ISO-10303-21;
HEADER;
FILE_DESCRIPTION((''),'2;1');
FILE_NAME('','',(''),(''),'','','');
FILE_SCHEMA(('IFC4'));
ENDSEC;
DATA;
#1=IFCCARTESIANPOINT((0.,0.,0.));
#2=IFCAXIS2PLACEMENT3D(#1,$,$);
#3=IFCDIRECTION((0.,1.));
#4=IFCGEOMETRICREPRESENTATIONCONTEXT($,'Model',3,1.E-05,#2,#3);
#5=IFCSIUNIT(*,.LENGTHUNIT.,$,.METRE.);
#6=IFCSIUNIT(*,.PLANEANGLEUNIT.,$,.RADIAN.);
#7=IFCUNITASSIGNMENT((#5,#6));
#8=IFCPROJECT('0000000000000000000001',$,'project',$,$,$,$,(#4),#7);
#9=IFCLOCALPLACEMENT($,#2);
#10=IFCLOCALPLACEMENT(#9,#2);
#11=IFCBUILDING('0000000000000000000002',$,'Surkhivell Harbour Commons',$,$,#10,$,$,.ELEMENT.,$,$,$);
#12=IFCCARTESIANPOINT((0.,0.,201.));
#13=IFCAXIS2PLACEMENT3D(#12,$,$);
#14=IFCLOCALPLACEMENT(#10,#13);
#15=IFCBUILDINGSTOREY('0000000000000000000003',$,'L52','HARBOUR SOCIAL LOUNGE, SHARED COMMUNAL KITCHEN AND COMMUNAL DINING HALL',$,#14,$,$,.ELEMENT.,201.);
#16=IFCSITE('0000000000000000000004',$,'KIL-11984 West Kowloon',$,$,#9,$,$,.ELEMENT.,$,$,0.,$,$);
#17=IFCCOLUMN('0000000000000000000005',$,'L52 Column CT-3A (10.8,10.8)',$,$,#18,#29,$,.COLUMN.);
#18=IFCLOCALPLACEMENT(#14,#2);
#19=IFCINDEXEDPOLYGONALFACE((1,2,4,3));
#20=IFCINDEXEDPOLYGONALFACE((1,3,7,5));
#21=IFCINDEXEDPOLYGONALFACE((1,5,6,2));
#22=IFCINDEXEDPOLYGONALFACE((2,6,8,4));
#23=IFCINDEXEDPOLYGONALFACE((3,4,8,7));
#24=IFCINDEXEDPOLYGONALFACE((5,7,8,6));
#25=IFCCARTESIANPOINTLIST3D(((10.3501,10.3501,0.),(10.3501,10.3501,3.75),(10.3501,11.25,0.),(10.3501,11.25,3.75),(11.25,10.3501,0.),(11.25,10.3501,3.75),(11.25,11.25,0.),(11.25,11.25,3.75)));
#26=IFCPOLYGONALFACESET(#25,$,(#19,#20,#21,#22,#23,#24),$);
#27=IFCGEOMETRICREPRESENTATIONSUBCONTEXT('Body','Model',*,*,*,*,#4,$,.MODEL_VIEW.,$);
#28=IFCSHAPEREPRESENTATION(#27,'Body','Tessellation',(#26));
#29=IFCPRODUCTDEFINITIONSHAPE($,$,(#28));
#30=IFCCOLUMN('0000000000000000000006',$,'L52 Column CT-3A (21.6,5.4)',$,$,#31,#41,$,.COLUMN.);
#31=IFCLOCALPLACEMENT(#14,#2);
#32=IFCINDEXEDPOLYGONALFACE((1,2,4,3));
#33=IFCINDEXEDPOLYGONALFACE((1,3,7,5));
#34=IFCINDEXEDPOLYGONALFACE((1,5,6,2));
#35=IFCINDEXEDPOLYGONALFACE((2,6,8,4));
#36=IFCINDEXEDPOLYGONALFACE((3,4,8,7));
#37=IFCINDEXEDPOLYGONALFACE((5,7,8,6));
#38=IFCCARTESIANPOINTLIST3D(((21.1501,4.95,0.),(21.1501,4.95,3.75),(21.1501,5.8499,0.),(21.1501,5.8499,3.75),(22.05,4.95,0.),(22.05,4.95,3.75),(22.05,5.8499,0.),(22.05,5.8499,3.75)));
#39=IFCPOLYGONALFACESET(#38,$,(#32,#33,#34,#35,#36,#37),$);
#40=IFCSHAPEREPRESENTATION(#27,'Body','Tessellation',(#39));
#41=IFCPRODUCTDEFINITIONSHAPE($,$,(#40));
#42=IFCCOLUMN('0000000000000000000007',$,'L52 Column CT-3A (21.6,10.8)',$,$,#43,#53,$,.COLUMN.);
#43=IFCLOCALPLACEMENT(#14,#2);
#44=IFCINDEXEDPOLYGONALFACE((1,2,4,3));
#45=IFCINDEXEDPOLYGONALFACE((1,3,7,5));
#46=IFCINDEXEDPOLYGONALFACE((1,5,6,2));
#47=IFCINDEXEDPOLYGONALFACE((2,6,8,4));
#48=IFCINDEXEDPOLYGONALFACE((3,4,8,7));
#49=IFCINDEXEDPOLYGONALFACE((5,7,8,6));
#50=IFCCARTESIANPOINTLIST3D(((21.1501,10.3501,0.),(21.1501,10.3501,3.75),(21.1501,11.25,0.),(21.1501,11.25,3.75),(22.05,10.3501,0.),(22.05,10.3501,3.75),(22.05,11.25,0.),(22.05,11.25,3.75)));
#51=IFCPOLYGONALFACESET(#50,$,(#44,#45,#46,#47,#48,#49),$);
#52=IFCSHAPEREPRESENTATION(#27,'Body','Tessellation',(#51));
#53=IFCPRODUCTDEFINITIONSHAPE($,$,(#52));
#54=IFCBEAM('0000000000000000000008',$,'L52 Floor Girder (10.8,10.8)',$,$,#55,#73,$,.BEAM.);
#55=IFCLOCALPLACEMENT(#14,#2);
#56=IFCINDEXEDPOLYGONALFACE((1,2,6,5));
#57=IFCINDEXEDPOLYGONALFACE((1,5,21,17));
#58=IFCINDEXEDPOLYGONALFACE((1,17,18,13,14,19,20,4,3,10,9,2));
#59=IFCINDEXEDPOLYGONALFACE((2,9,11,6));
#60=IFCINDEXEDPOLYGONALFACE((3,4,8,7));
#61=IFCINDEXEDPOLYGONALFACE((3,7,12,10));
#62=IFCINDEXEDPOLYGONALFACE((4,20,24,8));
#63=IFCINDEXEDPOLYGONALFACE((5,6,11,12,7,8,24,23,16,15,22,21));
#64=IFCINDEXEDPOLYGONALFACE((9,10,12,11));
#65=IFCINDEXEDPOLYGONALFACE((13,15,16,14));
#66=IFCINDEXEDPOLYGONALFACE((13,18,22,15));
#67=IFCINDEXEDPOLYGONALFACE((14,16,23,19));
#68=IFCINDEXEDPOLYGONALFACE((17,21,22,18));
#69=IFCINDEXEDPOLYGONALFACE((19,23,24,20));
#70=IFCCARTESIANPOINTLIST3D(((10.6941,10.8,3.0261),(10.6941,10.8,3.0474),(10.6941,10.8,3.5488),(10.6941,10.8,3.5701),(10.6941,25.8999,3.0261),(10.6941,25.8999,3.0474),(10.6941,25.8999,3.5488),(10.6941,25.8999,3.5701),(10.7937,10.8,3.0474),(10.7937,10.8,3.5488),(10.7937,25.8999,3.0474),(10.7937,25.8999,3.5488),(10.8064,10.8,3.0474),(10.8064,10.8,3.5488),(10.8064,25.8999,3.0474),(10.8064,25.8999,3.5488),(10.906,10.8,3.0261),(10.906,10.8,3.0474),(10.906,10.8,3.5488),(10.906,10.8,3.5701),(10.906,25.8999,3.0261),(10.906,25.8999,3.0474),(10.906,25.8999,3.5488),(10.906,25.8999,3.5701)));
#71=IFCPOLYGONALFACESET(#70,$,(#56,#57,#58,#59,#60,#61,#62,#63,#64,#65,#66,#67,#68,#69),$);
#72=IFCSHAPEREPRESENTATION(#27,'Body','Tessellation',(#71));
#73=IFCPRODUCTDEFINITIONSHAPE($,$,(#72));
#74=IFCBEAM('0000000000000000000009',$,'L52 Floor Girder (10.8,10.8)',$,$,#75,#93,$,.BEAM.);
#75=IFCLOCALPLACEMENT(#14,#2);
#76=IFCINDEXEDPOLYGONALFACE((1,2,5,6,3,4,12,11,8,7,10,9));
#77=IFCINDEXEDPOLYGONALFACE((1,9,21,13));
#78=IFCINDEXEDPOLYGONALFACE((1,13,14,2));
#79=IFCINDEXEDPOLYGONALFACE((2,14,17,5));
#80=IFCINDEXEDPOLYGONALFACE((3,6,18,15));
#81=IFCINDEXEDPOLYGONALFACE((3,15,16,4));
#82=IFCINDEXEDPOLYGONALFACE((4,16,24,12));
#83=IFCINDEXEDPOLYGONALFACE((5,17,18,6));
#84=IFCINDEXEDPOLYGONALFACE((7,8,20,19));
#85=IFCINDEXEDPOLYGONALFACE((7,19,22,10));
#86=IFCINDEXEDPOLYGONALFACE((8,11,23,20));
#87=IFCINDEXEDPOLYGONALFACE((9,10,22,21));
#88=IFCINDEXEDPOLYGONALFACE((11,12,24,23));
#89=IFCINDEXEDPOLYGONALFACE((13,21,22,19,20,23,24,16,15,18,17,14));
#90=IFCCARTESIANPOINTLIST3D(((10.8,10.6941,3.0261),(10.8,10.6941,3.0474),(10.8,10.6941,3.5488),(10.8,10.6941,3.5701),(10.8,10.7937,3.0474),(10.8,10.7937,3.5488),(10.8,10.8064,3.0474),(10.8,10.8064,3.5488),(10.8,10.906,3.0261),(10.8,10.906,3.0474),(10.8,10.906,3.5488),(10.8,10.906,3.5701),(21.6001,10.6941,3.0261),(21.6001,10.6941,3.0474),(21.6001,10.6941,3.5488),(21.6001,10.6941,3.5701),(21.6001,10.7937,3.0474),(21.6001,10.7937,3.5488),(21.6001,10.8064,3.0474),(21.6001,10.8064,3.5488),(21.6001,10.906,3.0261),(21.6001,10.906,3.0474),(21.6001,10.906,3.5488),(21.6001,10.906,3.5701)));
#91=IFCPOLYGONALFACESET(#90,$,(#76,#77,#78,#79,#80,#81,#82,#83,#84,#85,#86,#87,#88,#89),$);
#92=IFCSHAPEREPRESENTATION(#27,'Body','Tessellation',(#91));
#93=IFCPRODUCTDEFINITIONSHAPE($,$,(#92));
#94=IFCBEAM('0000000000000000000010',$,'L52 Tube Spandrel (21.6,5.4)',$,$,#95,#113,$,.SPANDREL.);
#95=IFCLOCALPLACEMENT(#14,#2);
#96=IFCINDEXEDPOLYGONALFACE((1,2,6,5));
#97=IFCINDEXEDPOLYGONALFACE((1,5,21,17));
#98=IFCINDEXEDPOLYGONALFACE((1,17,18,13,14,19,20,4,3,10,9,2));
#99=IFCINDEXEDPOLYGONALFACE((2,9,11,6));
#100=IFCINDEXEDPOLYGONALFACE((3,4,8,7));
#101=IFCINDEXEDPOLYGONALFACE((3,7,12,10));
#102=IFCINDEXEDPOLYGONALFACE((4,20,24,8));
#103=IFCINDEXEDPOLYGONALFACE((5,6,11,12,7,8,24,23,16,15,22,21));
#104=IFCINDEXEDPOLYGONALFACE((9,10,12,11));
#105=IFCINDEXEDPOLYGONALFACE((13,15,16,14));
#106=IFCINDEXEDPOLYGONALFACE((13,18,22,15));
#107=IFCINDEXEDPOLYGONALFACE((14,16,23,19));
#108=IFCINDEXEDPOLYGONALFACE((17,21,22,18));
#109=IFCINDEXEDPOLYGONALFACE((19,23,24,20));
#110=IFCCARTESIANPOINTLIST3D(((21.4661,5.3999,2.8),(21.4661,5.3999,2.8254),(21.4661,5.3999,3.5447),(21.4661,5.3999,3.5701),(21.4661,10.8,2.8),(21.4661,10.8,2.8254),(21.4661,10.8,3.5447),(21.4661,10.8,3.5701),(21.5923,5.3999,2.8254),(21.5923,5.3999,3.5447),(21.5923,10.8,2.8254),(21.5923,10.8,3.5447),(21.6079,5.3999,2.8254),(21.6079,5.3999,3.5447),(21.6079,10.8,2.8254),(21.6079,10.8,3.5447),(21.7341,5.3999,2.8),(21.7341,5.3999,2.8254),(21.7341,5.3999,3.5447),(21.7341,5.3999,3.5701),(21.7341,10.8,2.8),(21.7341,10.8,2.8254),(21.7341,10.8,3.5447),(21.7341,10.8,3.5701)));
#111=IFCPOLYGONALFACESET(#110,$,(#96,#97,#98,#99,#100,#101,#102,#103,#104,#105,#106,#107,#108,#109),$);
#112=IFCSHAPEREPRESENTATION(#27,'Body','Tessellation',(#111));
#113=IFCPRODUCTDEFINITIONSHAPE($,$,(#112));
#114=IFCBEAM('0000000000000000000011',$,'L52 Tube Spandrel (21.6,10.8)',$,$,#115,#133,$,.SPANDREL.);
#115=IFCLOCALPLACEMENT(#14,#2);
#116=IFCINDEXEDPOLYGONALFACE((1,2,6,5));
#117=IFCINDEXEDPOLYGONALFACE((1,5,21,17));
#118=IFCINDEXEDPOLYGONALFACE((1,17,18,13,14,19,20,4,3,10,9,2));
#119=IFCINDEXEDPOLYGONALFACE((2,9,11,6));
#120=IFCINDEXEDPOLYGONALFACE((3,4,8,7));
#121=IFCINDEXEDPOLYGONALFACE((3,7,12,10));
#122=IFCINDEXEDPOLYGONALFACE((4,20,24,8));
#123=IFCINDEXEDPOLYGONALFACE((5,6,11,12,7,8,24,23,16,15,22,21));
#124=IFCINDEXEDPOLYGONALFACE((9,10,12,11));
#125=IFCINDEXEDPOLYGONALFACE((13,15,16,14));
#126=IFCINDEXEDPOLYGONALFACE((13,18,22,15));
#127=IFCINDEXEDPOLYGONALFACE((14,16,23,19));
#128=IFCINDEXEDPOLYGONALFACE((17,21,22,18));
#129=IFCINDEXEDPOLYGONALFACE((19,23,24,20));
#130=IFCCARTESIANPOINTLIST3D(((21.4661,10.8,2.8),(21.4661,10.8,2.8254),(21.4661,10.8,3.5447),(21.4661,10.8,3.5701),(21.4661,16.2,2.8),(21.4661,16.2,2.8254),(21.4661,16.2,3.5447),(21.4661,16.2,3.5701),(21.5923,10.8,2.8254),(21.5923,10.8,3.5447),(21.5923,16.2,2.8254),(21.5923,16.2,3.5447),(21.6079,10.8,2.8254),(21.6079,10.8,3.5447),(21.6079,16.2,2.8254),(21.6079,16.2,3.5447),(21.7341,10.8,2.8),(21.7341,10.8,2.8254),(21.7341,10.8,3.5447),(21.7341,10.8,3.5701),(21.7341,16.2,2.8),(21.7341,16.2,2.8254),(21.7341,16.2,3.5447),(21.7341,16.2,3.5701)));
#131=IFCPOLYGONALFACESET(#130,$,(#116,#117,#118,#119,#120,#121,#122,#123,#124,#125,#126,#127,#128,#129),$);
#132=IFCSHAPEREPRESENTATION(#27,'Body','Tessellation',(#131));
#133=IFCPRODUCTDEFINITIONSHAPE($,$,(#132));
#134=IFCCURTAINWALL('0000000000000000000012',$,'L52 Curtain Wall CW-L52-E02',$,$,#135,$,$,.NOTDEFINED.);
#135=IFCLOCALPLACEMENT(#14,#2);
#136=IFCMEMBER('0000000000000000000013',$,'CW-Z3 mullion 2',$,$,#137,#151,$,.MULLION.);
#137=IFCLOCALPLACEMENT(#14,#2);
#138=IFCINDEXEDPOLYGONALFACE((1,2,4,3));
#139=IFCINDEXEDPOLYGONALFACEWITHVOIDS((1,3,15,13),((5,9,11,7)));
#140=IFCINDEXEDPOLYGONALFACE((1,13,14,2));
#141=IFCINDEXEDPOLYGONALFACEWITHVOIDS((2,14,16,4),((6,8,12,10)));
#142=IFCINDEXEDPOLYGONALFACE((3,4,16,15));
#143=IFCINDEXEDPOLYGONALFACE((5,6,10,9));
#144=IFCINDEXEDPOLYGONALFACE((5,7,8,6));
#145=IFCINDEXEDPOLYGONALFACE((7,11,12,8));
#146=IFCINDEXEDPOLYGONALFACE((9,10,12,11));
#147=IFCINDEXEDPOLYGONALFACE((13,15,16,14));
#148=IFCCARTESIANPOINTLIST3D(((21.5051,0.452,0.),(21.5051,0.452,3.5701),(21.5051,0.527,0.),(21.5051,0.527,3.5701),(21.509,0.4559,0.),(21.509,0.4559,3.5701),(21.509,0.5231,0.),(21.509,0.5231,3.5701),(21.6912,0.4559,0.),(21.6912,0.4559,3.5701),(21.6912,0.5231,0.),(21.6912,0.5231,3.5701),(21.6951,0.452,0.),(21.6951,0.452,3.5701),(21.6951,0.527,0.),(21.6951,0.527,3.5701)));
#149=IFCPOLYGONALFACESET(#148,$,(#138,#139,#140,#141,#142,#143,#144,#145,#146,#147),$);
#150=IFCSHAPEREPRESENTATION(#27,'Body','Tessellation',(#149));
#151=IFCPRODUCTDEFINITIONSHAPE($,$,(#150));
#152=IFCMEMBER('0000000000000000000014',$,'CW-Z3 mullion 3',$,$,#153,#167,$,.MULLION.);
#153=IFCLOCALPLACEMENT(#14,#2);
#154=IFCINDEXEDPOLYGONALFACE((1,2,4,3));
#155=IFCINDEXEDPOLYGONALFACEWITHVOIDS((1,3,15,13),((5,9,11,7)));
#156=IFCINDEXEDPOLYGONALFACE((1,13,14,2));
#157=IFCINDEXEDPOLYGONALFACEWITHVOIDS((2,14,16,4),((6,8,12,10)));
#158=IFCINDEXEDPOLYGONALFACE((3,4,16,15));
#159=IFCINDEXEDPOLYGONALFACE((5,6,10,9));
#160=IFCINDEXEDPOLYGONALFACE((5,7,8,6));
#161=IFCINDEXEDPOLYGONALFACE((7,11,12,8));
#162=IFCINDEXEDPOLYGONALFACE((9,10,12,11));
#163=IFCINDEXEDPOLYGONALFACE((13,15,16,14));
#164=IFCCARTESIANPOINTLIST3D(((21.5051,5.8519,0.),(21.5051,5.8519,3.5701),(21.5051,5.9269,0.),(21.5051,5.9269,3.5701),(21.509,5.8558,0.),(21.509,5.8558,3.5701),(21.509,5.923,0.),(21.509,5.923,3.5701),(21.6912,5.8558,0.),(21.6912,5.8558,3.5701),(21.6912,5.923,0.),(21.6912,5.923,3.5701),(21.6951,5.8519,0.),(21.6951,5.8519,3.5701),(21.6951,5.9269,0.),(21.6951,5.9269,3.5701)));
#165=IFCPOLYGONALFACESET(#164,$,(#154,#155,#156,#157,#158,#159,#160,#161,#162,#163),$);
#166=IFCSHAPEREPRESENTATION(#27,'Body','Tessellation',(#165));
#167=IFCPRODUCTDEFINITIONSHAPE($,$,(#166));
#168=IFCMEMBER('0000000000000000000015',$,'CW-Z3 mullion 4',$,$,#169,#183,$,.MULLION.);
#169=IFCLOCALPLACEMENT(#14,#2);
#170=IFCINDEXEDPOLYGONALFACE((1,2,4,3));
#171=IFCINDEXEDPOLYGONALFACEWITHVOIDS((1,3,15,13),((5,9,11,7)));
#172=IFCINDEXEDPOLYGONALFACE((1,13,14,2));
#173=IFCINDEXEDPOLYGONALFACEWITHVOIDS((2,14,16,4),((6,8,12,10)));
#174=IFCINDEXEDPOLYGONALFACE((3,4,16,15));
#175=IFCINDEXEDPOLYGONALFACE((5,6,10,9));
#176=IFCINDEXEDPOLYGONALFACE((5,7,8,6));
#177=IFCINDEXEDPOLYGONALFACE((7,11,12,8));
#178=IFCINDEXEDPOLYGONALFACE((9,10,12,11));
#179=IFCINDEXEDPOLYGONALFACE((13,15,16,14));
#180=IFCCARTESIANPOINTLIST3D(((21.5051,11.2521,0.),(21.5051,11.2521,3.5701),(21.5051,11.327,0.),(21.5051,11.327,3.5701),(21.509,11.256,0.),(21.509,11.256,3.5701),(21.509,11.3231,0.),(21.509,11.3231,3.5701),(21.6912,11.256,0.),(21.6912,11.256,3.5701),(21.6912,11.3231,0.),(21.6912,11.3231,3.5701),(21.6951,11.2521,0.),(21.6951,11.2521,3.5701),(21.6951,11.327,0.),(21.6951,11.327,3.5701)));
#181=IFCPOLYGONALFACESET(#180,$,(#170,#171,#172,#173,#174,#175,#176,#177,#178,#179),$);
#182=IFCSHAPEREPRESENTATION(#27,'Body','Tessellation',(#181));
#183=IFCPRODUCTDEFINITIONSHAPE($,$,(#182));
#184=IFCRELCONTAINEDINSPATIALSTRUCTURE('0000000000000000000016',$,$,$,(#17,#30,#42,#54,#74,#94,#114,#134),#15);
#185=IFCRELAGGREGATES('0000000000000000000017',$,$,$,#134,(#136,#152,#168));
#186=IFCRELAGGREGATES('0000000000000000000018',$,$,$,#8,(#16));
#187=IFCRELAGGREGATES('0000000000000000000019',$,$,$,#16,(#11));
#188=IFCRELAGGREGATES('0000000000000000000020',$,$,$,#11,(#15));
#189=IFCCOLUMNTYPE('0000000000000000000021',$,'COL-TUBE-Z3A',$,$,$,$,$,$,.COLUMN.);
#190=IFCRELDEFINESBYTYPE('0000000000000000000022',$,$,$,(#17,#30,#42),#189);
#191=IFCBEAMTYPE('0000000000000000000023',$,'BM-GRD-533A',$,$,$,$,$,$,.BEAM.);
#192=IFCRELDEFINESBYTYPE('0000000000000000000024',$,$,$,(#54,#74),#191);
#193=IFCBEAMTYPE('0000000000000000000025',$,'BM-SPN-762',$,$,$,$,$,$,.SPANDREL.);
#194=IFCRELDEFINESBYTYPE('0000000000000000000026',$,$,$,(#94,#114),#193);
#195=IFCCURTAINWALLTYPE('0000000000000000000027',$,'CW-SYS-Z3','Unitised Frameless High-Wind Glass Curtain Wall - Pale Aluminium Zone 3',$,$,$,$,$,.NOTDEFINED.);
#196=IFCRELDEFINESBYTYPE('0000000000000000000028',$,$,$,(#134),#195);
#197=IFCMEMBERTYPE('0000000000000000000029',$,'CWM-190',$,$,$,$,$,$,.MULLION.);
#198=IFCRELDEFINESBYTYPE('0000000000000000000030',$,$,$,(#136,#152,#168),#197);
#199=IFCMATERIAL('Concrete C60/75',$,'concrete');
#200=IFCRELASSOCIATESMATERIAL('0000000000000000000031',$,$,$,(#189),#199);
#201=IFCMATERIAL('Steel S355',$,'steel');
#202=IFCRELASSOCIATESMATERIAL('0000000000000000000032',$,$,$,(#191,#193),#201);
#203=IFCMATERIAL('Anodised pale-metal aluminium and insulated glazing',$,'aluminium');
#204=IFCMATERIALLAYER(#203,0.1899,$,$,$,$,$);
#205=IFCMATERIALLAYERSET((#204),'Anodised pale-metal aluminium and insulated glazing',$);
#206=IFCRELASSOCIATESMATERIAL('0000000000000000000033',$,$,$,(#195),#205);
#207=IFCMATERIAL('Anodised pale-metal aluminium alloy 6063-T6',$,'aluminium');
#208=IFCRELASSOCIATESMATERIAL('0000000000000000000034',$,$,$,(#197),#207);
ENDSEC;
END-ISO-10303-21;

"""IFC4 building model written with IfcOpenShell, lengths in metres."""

from ifc_helpers import new_model, si_unit, direction, frame, origin, origin_2d, place, context, subcontext, project, spatial, rectangle, hollow_rectangle, i_section, extrude, material, layer, layer_set, material_profile, profile_set, type_object, element, aggregate, save


model = new_model("IFC4")

# Units and contexts
model_context = context("Model", 3, precision=1e-05, world=origin(), true_north=direction((0.0, 1.0)))
body_context = subcontext(model_context, "Body", "Model", "MODEL_VIEW")
ifc_project = project(units=[si_unit("LENGTHUNIT", "METRE"), si_unit("PLANEANGLEUNIT", "RADIAN")], contexts=[model_context])

# Site, building, storey
site_placement = place(None, origin())
site = spatial("IfcSite", under=ifc_project, at=site_placement, Name="KIL-11984 West Kowloon", CompositionType="ELEMENT", RefElevation=0.0)
building_placement = place(site_placement, origin())
building = spatial("IfcBuilding", under=site, at=building_placement, Name="Surkhivell Harbour Commons", CompositionType="ELEMENT")
storey_placement = place(building_placement, frame((0.0, 0.0, 201.0)))
storey = spatial("IfcBuildingStorey", under=building, at=storey_placement, Name="L52", Description="HARBOUR SOCIAL LOUNGE, SHARED COMMUNAL KITCHEN AND COMMUNAL DINING HALL", CompositionType="ELEMENT", Elevation=201.0)

# Columns
ifc_material_1 = material(Name="Concrete C60/75", Category="concrete")
ifc_material_profile_1 = material_profile(ifc_material_1, rectangle(XDim=0.8999, YDim=0.8999, at=origin_2d()), Name="RC-COL-900x900")
ifc_profile_set_1 = profile_set([ifc_material_profile_1], Name="Concrete C60/75")
column_type = type_object("IfcColumnType", Name="COL-TUBE-Z3A", PredefinedType="COLUMN", material=ifc_profile_set_1)
for number, where, z_axis, x_axis, name in (
    (1, (10.8, 10.8, 0.0), (0.0, 0.0, 1.0), (1.0, 0.0, 0.0), "L52 Column CT-3A (10.8,10.8)"),
    (2, (21.6001, 5.3999, 0.0), (0.0, 0.0, 1.0), (1.0, 0.0, 0.0), "L52 Column CT-3A (21.6,5.4)"),
    (3, (21.6001, 10.8, 0.0), (0.0, 0.0, 1.0), (1.0, 0.0, 0.0), "L52 Column CT-3A (21.6,10.8)"),
):
    element("IfcColumn", number, at=place(storey_placement, frame(where, z_axis=z_axis, x_axis=x_axis)), inside=storey, type_object=column_type, Name=name, PredefinedType="COLUMN", context=body_context, shape_type="SweptSolid", body=[
        extrude(rectangle(XDim=0.8999, YDim=0.8999, at=origin_2d()), origin(), (0.0, 0.0, 1.0), 3.75),
    ])

# Beams
ifc_material_2 = material(Name="Steel S355", Category="steel")
ifc_material_profile_2 = material_profile(ifc_material_2, i_section(OverallWidth=0.2119, OverallDepth=0.5439, WebThickness=0.0127, FlangeThickness=0.0212, at=origin_2d()), Name="UB533x210x122")
ifc_profile_set_2 = profile_set([ifc_material_profile_2], Name="Steel S355")
beam_type_1 = type_object("IfcBeamType", Name="BM-GRD-533A", PredefinedType="BEAM", material=ifc_profile_set_2)
beam_1_placement = place(storey_placement, frame((10.8, 10.8, 3.2981), z_axis=(0.0, 1.0, 0.0), x_axis=(-1.0, 0.0, 0.0)))
element("IfcBeam", 4, at=beam_1_placement, inside=storey, type_object=beam_type_1, Name="L52 Floor Girder (10.8,10.8)", PredefinedType="BEAM", context=body_context, shape_type="SweptSolid", body=[
    extrude(i_section(OverallWidth=0.2119, OverallDepth=0.5439, WebThickness=0.0127, FlangeThickness=0.0212, at=origin_2d()), origin(), (0.0, 0.0, 1.0), 15.0999),
])
beam_2_placement = place(storey_placement, frame((10.8, 10.8, 3.2981), z_axis=(1.0, 0.0, 0.0), x_axis=(0.0, 1.0, 0.0)))
element("IfcBeam", 5, at=beam_2_placement, inside=storey, type_object=beam_type_1, Name="L52 Floor Girder (10.8,10.8)", PredefinedType="BEAM", context=body_context, shape_type="SweptSolid", body=[
    extrude(i_section(OverallWidth=0.2119, OverallDepth=0.5439, WebThickness=0.0127, FlangeThickness=0.0212, at=origin_2d()), origin(), (0.0, 0.0, 1.0), 10.8),
])
ifc_material_profile_3 = material_profile(ifc_material_2, i_section(OverallWidth=0.2681, OverallDepth=0.77, WebThickness=0.0156, FlangeThickness=0.0254, at=origin_2d()), Name="UB762x267x197")
ifc_profile_set_3 = profile_set([ifc_material_profile_3], Name="Steel S355")
beam_type_2 = type_object("IfcBeamType", Name="BM-SPN-762", PredefinedType="SPANDREL", material=ifc_profile_set_3)
beam_3_placement = place(storey_placement, frame((21.6001, 5.3999, 3.1851), z_axis=(0.0, 1.0, 0.0), x_axis=(-1.0, 0.0, 0.0)))
element("IfcBeam", 6, at=beam_3_placement, inside=storey, type_object=beam_type_2, Name="L52 Tube Spandrel (21.6,5.4)", PredefinedType="SPANDREL", context=body_context, shape_type="SweptSolid", body=[
    extrude(i_section(OverallWidth=0.2681, OverallDepth=0.77, WebThickness=0.0156, FlangeThickness=0.0254, at=origin_2d()), origin(), (0.0, 0.0, 1.0), 5.4001),
])
beam_4_placement = place(storey_placement, frame((21.6001, 10.8, 3.1851), z_axis=(0.0, 1.0, 0.0), x_axis=(-1.0, 0.0, 0.0)))
element("IfcBeam", 7, at=beam_4_placement, inside=storey, type_object=beam_type_2, Name="L52 Tube Spandrel (21.6,10.8)", PredefinedType="SPANDREL", context=body_context, shape_type="SweptSolid", body=[
    extrude(i_section(OverallWidth=0.2681, OverallDepth=0.77, WebThickness=0.0156, FlangeThickness=0.0254, at=origin_2d()), origin(), (0.0, 0.0, 1.0), 5.3999),
])

# Curtain wall, members
ifc_material_3 = material(Name="Anodised pale-metal aluminium and insulated glazing", Category="aluminium")
ifc_layer_1 = layer(ifc_material_3, 0.1899)
ifc_layer_set_1 = layer_set([ifc_layer_1], Name="Anodised pale-metal aluminium and insulated glazing")
curtain_wall_type = type_object("IfcCurtainWallType", Name="CW-SYS-Z3", Description="Unitised Frameless High-Wind Glass Curtain Wall - Pale Aluminium Zone 3", PredefinedType="NOTDEFINED", material=ifc_layer_set_1)
curtain_wall_placement = place(storey_placement, origin())
curtain_wall = element("IfcCurtainWall", 8, at=curtain_wall_placement, inside=storey, type_object=curtain_wall_type, Name="L52 Curtain Wall CW-L52-E02", PredefinedType="NOTDEFINED")
ifc_material_4 = material(Name="Anodised pale-metal aluminium alloy 6063-T6", Category="aluminium")
ifc_material_profile_4 = material_profile(ifc_material_4, hollow_rectangle(XDim=0.075, YDim=0.1899, WallThickness=0.0039, at=origin_2d()), Name="ALU-MULL-75x190")
ifc_profile_set_4 = profile_set([ifc_material_profile_4], Name="Anodised pale-metal aluminium alloy 6063-T6")
member_type_1 = type_object("IfcMemberType", Name="CWM-190", PredefinedType="MULLION", material=ifc_profile_set_4)
member_1_placement = place(storey_placement, frame((21.6001, 0.4895, 0.0), z_axis=(0.0, 0.0, 1.0), x_axis=(0.0, 1.0, 0.0)))
member_1 = element("IfcMember", 9, at=member_1_placement, type_object=member_type_1, Name="CW-Z3 mullion 2", PredefinedType="MULLION", context=body_context, shape_type="SweptSolid", body=[
    extrude(hollow_rectangle(XDim=0.075, YDim=0.1899, WallThickness=0.0039, at=origin_2d()), origin(), (0.0, 0.0, 1.0), 3.5701),
])
member_2_placement = place(storey_placement, frame((21.6001, 5.8894, 0.0), z_axis=(0.0, 0.0, 1.0), x_axis=(0.0, 1.0, 0.0)))
member_2 = element("IfcMember", 10, at=member_2_placement, type_object=member_type_1, Name="CW-Z3 mullion 3", PredefinedType="MULLION", context=body_context, shape_type="SweptSolid", body=[
    extrude(hollow_rectangle(XDim=0.075, YDim=0.1899, WallThickness=0.0039, at=origin_2d()), origin(), (0.0, 0.0, 1.0), 3.5701),
])
member_3_placement = place(storey_placement, frame((21.6001, 11.2896, 0.0), z_axis=(0.0, 0.0, 1.0), x_axis=(0.0, 1.0, 0.0)))
member_3 = element("IfcMember", 11, at=member_3_placement, type_object=member_type_1, Name="CW-Z3 mullion 4", PredefinedType="MULLION", context=body_context, shape_type="SweptSolid", body=[
    extrude(hollow_rectangle(XDim=0.075, YDim=0.1899, WallThickness=0.0039, at=origin_2d()), origin(), (0.0, 0.0, 1.0), 3.5701),
])
aggregate(curtain_wall, [member_1, member_2, member_3])

save(model, "model.ifc")
